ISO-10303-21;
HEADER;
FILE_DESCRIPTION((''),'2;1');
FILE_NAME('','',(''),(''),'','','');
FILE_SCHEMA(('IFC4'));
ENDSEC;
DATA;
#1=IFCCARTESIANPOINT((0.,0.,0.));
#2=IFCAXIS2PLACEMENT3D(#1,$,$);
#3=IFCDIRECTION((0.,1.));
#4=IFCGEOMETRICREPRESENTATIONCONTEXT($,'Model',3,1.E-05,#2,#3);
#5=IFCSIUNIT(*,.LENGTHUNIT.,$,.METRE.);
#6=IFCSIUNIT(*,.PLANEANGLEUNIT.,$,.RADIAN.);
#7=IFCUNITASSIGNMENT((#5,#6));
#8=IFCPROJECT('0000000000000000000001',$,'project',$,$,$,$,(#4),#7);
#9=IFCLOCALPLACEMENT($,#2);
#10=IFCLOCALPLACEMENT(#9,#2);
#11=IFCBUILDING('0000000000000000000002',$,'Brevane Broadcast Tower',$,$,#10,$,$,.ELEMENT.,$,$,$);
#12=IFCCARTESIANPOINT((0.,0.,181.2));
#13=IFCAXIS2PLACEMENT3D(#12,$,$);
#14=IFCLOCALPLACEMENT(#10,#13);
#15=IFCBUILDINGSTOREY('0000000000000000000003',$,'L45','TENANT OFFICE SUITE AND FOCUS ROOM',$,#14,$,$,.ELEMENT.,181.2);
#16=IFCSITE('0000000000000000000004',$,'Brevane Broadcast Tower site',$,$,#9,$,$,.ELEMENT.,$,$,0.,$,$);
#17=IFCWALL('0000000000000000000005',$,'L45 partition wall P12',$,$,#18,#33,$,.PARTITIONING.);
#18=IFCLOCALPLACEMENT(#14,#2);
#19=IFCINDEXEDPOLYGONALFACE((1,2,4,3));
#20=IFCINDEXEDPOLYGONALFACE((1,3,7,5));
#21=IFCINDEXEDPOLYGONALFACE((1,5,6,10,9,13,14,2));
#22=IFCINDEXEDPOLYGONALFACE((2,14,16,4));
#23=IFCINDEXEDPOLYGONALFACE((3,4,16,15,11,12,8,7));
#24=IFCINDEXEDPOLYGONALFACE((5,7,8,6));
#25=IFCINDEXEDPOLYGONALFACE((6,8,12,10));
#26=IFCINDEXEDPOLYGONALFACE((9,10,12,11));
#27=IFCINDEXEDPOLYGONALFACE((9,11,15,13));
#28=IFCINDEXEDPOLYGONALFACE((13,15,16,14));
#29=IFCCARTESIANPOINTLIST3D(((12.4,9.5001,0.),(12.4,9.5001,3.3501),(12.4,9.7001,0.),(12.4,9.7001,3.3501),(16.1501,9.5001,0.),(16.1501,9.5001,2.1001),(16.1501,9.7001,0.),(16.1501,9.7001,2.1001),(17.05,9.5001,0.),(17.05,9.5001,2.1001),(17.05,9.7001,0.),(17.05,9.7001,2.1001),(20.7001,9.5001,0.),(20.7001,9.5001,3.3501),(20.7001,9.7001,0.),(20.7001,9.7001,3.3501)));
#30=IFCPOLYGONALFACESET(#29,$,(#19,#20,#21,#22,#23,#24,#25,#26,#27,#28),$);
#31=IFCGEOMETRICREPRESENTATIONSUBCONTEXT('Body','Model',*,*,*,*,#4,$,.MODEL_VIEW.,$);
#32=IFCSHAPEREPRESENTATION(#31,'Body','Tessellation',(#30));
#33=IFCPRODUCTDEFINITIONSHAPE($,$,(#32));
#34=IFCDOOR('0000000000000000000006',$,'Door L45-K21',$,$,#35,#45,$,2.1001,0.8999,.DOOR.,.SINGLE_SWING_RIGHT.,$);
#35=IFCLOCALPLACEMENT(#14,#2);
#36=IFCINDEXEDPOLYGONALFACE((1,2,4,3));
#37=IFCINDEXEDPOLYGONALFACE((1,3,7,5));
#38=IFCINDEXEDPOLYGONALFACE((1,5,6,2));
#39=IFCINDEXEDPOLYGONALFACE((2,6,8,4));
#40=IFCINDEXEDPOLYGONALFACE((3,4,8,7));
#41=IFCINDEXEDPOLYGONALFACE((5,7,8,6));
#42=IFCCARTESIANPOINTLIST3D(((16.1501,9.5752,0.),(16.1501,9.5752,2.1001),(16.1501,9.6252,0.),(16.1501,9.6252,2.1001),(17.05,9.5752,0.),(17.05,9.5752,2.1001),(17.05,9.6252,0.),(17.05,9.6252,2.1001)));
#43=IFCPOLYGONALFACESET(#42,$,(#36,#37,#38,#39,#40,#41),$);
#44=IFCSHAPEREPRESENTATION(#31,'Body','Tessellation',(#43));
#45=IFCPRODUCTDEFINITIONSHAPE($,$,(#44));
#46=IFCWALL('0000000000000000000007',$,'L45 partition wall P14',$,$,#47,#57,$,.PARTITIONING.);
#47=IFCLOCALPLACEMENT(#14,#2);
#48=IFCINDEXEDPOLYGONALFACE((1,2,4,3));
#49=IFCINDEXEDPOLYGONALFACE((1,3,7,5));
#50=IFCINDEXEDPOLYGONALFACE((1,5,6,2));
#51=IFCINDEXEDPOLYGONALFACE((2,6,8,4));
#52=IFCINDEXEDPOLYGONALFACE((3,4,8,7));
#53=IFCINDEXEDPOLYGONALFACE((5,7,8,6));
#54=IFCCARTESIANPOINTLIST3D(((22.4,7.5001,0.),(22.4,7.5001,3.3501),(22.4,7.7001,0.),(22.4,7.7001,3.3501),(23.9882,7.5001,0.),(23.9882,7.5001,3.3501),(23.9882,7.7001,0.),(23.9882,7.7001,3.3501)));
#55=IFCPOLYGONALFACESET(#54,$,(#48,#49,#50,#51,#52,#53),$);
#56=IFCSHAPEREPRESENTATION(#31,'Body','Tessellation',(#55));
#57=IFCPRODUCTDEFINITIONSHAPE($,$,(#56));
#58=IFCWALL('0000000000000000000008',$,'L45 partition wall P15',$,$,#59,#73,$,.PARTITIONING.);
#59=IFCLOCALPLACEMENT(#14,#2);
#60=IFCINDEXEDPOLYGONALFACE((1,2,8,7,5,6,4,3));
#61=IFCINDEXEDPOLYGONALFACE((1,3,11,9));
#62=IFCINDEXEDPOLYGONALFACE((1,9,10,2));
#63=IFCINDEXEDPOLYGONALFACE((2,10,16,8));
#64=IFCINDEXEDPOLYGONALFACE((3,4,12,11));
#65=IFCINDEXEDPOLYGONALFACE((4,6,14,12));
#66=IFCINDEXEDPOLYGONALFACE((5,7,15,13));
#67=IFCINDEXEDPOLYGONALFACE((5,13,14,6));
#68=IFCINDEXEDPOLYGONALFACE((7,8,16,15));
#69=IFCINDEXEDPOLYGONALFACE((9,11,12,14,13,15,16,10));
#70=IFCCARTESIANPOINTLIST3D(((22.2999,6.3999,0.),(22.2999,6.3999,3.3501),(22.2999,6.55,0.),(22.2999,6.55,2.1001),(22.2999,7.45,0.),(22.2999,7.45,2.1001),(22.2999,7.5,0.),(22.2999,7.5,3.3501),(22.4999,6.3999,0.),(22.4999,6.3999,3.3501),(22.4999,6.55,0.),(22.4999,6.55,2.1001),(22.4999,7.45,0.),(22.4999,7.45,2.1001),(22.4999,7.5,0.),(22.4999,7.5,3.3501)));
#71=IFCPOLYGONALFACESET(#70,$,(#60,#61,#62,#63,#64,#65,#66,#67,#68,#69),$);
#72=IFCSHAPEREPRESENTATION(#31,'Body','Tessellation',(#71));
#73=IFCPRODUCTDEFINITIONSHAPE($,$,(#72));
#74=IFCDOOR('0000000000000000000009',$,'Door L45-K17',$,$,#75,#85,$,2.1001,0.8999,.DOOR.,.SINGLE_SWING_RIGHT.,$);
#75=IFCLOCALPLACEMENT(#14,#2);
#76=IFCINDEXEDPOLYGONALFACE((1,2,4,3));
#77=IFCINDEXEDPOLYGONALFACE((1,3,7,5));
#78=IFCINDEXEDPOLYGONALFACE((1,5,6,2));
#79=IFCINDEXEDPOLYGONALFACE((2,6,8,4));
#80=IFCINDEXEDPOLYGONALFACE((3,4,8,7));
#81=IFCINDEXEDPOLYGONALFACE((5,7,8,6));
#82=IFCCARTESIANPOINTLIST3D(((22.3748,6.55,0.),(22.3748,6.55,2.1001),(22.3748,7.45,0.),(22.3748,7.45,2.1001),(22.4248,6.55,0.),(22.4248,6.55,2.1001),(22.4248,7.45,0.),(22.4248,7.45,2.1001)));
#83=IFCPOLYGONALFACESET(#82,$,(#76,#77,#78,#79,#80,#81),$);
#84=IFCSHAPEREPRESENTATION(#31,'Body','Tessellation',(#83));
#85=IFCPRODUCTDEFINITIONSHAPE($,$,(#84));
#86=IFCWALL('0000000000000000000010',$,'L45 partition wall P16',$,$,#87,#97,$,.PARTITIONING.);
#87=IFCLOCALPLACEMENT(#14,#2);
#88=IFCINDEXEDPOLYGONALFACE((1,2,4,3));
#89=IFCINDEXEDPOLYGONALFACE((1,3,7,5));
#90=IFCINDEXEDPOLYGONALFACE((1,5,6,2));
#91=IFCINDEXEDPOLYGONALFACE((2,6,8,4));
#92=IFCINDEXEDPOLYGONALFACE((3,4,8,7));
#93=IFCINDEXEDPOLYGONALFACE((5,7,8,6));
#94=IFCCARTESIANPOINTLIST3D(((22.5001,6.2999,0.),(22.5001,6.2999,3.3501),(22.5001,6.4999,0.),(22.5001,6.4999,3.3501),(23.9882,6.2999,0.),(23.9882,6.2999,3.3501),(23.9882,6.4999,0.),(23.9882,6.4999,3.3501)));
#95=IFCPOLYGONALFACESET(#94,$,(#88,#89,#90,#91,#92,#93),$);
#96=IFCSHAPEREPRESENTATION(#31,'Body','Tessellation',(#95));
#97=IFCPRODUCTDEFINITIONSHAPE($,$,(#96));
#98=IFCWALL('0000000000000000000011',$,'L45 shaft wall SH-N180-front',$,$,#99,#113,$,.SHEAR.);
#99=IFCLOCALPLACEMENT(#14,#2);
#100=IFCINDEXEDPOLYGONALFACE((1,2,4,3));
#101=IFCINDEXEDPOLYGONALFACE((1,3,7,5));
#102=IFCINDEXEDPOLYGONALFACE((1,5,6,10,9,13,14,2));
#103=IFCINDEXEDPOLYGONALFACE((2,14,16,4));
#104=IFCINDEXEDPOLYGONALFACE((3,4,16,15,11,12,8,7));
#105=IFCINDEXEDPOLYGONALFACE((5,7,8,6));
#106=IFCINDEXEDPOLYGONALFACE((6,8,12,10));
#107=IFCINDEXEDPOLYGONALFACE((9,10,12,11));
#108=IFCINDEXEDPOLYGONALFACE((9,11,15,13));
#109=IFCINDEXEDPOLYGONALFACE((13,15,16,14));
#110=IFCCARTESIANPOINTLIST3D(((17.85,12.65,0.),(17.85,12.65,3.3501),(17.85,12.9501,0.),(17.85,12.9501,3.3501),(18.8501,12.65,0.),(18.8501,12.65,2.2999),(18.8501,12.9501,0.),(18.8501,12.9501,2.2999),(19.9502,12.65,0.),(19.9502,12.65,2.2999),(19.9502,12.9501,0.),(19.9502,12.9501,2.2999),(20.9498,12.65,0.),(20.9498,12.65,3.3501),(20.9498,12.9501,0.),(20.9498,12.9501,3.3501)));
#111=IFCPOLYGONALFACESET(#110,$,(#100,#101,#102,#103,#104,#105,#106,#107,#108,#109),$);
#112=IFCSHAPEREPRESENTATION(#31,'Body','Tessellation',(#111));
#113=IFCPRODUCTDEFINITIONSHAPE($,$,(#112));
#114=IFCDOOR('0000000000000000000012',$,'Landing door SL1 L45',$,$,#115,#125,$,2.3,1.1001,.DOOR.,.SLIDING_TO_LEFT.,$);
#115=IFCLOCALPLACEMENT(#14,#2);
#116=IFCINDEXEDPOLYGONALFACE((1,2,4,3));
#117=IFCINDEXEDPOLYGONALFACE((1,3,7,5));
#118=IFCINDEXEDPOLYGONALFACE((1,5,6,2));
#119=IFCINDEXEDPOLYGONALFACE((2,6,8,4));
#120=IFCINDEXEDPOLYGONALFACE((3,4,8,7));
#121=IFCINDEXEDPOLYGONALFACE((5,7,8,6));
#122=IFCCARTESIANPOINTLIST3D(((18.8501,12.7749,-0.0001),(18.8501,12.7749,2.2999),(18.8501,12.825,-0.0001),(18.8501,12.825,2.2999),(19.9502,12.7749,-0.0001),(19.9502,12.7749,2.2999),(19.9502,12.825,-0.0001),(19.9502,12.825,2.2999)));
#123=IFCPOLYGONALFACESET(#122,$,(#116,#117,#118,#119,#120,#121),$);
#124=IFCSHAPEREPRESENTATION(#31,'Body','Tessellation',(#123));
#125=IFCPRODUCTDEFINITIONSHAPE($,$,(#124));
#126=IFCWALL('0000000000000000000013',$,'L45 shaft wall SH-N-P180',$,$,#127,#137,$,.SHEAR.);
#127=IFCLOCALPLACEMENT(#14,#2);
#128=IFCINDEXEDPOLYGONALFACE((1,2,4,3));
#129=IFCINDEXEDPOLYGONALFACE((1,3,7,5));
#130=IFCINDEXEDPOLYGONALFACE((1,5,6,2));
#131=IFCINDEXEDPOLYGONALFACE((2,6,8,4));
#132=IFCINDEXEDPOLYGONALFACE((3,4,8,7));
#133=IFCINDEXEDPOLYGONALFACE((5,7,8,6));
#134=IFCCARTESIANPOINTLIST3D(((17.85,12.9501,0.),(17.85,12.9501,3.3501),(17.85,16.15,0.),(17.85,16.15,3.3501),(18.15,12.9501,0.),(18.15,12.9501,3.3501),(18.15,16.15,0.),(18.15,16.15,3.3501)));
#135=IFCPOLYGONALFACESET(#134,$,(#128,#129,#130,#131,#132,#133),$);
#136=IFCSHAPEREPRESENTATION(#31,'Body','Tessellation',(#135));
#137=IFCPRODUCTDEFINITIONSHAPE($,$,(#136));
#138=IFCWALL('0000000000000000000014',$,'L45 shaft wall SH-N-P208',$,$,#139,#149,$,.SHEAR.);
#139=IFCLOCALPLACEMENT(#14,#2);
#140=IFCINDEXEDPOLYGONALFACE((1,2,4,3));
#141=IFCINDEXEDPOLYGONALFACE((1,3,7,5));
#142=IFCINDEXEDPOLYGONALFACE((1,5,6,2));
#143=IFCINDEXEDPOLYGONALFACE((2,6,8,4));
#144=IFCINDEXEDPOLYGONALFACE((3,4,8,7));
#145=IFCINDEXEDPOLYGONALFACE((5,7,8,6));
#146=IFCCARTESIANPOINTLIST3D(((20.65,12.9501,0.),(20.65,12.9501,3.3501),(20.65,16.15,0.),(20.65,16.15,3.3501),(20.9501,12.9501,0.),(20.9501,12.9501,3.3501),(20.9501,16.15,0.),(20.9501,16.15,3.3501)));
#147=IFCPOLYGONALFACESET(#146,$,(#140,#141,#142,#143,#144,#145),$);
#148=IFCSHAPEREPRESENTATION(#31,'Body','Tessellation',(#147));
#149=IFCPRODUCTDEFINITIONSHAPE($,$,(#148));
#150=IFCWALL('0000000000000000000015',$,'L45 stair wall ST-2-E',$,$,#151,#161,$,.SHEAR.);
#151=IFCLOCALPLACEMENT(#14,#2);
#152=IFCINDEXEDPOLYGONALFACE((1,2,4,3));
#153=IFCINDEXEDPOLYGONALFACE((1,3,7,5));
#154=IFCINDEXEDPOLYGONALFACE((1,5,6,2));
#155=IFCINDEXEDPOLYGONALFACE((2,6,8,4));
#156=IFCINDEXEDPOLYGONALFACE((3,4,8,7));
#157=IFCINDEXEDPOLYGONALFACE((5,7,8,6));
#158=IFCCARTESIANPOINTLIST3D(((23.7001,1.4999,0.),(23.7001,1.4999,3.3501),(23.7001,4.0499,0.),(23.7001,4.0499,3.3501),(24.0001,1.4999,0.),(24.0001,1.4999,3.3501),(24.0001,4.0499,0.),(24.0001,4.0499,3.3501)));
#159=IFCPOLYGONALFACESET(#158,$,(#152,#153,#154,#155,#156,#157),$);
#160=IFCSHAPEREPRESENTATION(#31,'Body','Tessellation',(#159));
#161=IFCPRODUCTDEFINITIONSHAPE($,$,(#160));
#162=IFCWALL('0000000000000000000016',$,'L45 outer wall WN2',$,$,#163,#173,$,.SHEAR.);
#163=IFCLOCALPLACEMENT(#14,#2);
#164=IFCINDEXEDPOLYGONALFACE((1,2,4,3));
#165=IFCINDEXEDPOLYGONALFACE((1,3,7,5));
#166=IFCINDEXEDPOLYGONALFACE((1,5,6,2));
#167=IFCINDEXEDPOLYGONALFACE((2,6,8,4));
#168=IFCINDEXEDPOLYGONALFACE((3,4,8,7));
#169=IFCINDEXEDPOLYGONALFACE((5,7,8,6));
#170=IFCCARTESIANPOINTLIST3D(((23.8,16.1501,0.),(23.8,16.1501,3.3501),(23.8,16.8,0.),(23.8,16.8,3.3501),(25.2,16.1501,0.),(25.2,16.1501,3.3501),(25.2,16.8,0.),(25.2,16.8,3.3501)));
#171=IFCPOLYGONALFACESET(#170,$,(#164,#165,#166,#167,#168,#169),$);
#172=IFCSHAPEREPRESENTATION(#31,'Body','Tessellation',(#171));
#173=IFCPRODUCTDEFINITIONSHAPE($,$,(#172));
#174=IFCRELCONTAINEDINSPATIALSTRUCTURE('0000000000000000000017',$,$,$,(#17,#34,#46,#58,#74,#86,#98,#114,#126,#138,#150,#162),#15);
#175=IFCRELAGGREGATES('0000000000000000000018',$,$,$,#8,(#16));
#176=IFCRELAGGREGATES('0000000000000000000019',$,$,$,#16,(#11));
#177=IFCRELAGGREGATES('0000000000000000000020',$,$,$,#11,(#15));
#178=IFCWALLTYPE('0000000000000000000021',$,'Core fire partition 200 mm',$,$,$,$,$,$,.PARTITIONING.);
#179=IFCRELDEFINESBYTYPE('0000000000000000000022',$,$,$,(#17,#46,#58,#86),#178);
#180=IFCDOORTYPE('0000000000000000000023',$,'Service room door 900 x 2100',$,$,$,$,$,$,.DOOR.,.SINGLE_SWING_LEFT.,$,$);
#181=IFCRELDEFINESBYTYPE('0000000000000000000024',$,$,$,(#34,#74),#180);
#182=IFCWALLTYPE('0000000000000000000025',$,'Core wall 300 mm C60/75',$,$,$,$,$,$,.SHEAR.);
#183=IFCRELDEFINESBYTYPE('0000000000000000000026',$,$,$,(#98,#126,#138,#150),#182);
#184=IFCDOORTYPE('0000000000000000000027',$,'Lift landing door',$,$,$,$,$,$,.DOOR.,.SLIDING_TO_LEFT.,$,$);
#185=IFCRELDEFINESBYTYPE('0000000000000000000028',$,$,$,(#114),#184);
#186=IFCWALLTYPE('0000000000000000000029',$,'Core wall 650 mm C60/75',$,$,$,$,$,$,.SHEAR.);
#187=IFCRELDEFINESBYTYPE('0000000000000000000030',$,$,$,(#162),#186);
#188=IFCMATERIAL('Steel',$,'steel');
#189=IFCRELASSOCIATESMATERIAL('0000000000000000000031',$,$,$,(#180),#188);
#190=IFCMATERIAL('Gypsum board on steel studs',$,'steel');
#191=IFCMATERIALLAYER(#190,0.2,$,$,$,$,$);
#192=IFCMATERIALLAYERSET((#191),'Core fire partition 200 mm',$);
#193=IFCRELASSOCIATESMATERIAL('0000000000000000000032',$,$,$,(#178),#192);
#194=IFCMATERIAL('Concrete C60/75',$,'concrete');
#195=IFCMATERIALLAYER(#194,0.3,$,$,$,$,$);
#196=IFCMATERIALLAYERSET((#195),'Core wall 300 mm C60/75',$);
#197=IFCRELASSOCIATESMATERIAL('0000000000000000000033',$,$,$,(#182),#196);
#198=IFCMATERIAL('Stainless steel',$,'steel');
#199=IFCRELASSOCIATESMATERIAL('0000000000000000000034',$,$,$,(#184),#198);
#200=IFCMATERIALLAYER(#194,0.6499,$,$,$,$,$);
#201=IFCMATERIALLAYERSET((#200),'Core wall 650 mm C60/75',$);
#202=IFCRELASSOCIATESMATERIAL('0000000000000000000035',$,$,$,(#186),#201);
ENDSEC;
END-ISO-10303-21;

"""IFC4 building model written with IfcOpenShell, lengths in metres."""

from ifc_helpers import new_model, si_unit, direction, frame, frame_2d, origin, place, context, subcontext, project, spatial, rectangle, extrude, material, layer, layer_set, type_object, element, fill, save


model = new_model("IFC4")

# Units and contexts
model_context = context("Model", 3, precision=1e-05, world=origin(), true_north=direction((0.0, 1.0)))
body_context = subcontext(model_context, "Body", "Model", "MODEL_VIEW")
ifc_project = project(units=[si_unit("LENGTHUNIT", "METRE"), si_unit("PLANEANGLEUNIT", "RADIAN")], contexts=[model_context])

# Site, building, storey
site_placement = place(None, origin())
site = spatial("IfcSite", under=ifc_project, at=site_placement, Name="Brevane Broadcast Tower site", CompositionType="ELEMENT", RefElevation=0.0)
building_placement = place(site_placement, origin())
building = spatial("IfcBuilding", under=site, at=building_placement, Name="Brevane Broadcast Tower", CompositionType="ELEMENT")
storey_placement = place(building_placement, frame((0.0, 0.0, 181.2)))
storey = spatial("IfcBuildingStorey", under=building, at=storey_placement, Name="L45", Description="TENANT OFFICE SUITE AND FOCUS ROOM", CompositionType="ELEMENT", Elevation=181.2)

# Shared definitions
ifc_material_1 = material(Name="Gypsum board on steel studs", Category="steel")
ifc_material_2 = material(Name="Steel", Category="steel")

# Shared definitions
door_type_1 = type_object("IfcDoorType", Name="Service room door 900 x 2100", OperationType="SINGLE_SWING_LEFT", PredefinedType="DOOR", material=ifc_material_2)

# Shared definitions
ifc_layer_1 = layer(ifc_material_1, 0.2)
ifc_layer_set_1 = layer_set([ifc_layer_1], Name="Core fire partition 200 mm")
wall_type_1 = type_object("IfcWallType", Name="Core fire partition 200 mm", PredefinedType="PARTITIONING", material=ifc_layer_set_1)

# Wall, opening, door
wall_1_placement = place(storey_placement, frame((20.7, 9.6001, 0.0), z_axis=(0.0, 0.0, 1.0), x_axis=(-1.0, 0.0, 0.0)))
wall_1 = element("IfcWall", 1, at=wall_1_placement, inside=storey, type_object=wall_type_1, Name="L45 partition wall P12", PredefinedType="PARTITIONING", context=body_context, shape_type="SweptSolid", body=[
    extrude(rectangle(XDim=8.3, YDim=0.2, at=frame_2d((4.1499, 0.0))), origin(), (0.0, 0.0, 1.0), 3.3501),
])
opening_1_placement = place(wall_1_placement, frame((3.6499, 0.0, 0.0)))
opening_1 = element("IfcOpeningElement", 2, at=opening_1_placement, cuts=wall_1, PredefinedType="OPENING", context=body_context, shape_type="SweptSolid", body=[
    extrude(rectangle(XDim=0.8999, YDim=2.1001, at=frame_2d((0.45, 1.05))), frame((0.0, 0.1099, 0.0), z_axis=(0.0, -1.0, 0.0), x_axis=(1.0, 0.0, 0.0)), (0.0, 0.0, 1.0), 0.22),
])
door_1_placement = place(opening_1_placement, origin())
door_1 = element("IfcDoor", 3, at=door_1_placement, inside=storey, type_object=door_type_1, Name="Door L45-K21", OperationType="SINGLE_SWING_RIGHT", OverallHeight=2.1001, OverallWidth=0.8999, PredefinedType="DOOR", context=body_context, shape_type="SweptSolid", body=[
    extrude(rectangle(XDim=0.8999, YDim=2.1001, at=frame_2d((0.45, 1.05))), frame((0.0, 0.0249, 0.0), z_axis=(0.0, -1.0, 0.0), x_axis=(1.0, 0.0, 0.0)), (0.0, 0.0, 1.0), 0.05),
])
fill(opening_1, door_1)

# Wall
wall_2_placement = place(storey_placement, frame((23.988, 7.6001, 0.0), z_axis=(0.0, 0.0, 1.0), x_axis=(-1.0, 0.0, 0.0)))
element("IfcWall", 4, at=wall_2_placement, inside=storey, type_object=wall_type_1, Name="L45 partition wall P14", PredefinedType="PARTITIONING", context=body_context, shape_type="SweptSolid", body=[
    extrude(rectangle(XDim=1.5881, YDim=0.2, at=frame_2d((0.7939, 0.0))), origin(), (0.0, 0.0, 1.0), 3.3501),
])

# Wall, opening, door
wall_3_placement = place(storey_placement, frame((22.3999, 7.5, 0.0), z_axis=(0.0, 0.0, 1.0), x_axis=(0.0, -1.0, 0.0)))
wall_3 = element("IfcWall", 5, at=wall_3_placement, inside=storey, type_object=wall_type_1, Name="L45 partition wall P15", PredefinedType="PARTITIONING", context=body_context, shape_type="SweptSolid", body=[
    extrude(rectangle(XDim=1.1001, YDim=0.2, at=frame_2d((0.55, 0.0))), origin(), (0.0, 0.0, 1.0), 3.3501),
])
opening_2_placement = place(wall_3_placement, frame((0.05, 0.0, 0.0)))
opening_2 = element("IfcOpeningElement", 6, at=opening_2_placement, cuts=wall_3, PredefinedType="OPENING", context=body_context, shape_type="SweptSolid", body=[
    extrude(rectangle(XDim=0.8999, YDim=2.1001, at=frame_2d((0.45, 1.05))), frame((0.0, 0.1099, 0.0), z_axis=(0.0, -1.0, 0.0), x_axis=(1.0, 0.0, 0.0)), (0.0, 0.0, 1.0), 0.22),
])
door_2_placement = place(opening_2_placement, origin())
door_2 = element("IfcDoor", 7, at=door_2_placement, inside=storey, type_object=door_type_1, Name="Door L45-K17", OperationType="SINGLE_SWING_RIGHT", OverallHeight=2.1001, OverallWidth=0.8999, PredefinedType="DOOR", context=body_context, shape_type="SweptSolid", body=[
    extrude(rectangle(XDim=0.8999, YDim=2.1001, at=frame_2d((0.45, 1.05))), frame((0.0, 0.0249, 0.0), z_axis=(0.0, -1.0, 0.0), x_axis=(1.0, 0.0, 0.0)), (0.0, 0.0, 1.0), 0.05),
])
fill(opening_2, door_2)

# Wall
wall_4_placement = place(storey_placement, frame((22.5, 6.3999, 0.0), z_axis=(0.0, 0.0, 1.0), x_axis=(1.0, 0.0, 0.0)))
element("IfcWall", 8, at=wall_4_placement, inside=storey, type_object=wall_type_1, Name="L45 partition wall P16", PredefinedType="PARTITIONING", context=body_context, shape_type="SweptSolid", body=[
    extrude(rectangle(XDim=1.488, YDim=0.2, at=frame_2d((0.7441, 0.0))), origin(), (0.0, 0.0, 1.0), 3.3501),
])

# Wall, opening, door
ifc_material_3 = material(Name="Concrete C60/75", Category="concrete")
ifc_layer_2 = layer(ifc_material_3, 0.3)
ifc_layer_set_2 = layer_set([ifc_layer_2], Name="Core wall 300 mm C60/75")
wall_type_2 = type_object("IfcWallType", Name="Core wall 300 mm C60/75", PredefinedType="SHEAR", material=ifc_layer_set_2)
wall_5_placement = place(storey_placement, frame((17.8501, 12.8, 0.0), z_axis=(0.0, 0.0, 1.0), x_axis=(1.0, 0.0, 0.0)))
wall_5 = element("IfcWall", 9, at=wall_5_placement, inside=storey, type_object=wall_type_2, Name="L45 shaft wall SH-N180-front", PredefinedType="SHEAR", context=body_context, shape_type="SweptSolid", body=[
    extrude(rectangle(XDim=3.0999, YDim=0.3, at=frame_2d((1.5498, 0.0))), origin(), (0.0, 0.0, 1.0), 3.3501),
])
opening_3_placement = place(wall_5_placement, frame((1.0, 0.0, 0.0)))
opening_3 = element("IfcOpeningElement", 10, at=opening_3_placement, cuts=wall_5, PredefinedType="OPENING", context=body_context, shape_type="SweptSolid", body=[
    extrude(rectangle(XDim=1.1001, YDim=2.3, at=frame_2d((0.55, 1.1499))), frame((0.0, 0.1599, 0.0), z_axis=(0.0, -1.0, 0.0), x_axis=(1.0, 0.0, 0.0)), (0.0, 0.0, 1.0), 0.3201),
])
ifc_material_4 = material(Name="Stainless steel", Category="steel")
door_type_2 = type_object("IfcDoorType", Name="Lift landing door", OperationType="SLIDING_TO_LEFT", PredefinedType="DOOR", material=ifc_material_4)
door_3_placement = place(opening_3_placement, origin())
door_3 = element("IfcDoor", 11, at=door_3_placement, inside=storey, type_object=door_type_2, Name="Landing door SL1 L45", OperationType="SLIDING_TO_LEFT", OverallHeight=2.3, OverallWidth=1.1001, PredefinedType="DOOR", context=body_context, shape_type="SweptSolid", body=[
    extrude(rectangle(XDim=1.1001, YDim=2.3, at=frame_2d((0.55, 1.1499))), frame((0.0, 0.0249, 0.0), z_axis=(0.0, -1.0, 0.0), x_axis=(1.0, 0.0, 0.0)), (0.0, 0.0, 1.0), 0.05),
])
fill(opening_3, door_3)

# Walls
for number, where, z_axis, x_axis, name in (
    (12, (18.0, 12.95, 0.0), (0.0, 0.0, 1.0), (0.0, 1.0, 0.0), "L45 shaft wall SH-N-P180"),
    (13, (20.8, 12.95, 0.0), (0.0, 0.0, 1.0), (0.0, 1.0, 0.0), "L45 shaft wall SH-N-P208"),
):
    element("IfcWall", number, at=place(storey_placement, frame(where, z_axis=z_axis, x_axis=x_axis)), inside=storey, type_object=wall_type_2, Name=name, PredefinedType="SHEAR", context=body_context, shape_type="SweptSolid", body=[
        extrude(rectangle(XDim=3.2, YDim=0.3, at=frame_2d((1.6001, 0.0))), origin(), (0.0, 0.0, 1.0), 3.3501),
    ])
wall_6_placement = place(storey_placement, frame((23.8501, 1.5, 0.0), z_axis=(0.0, 0.0, 1.0), x_axis=(0.0, 1.0, 0.0)))
element("IfcWall", 14, at=wall_6_placement, inside=storey, type_object=wall_type_2, Name="L45 stair wall ST-2-E", PredefinedType="SHEAR", context=body_context, shape_type="SweptSolid", body=[
    extrude(rectangle(XDim=2.55, YDim=0.3, at=frame_2d((1.2749, 0.0))), origin(), (0.0, 0.0, 1.0), 3.3501),
])
ifc_layer_3 = layer(ifc_material_3, 0.6499)
ifc_layer_set_3 = layer_set([ifc_layer_3], Name="Core wall 650 mm C60/75")
wall_type_3 = type_object("IfcWallType", Name="Core wall 650 mm C60/75", PredefinedType="SHEAR", material=ifc_layer_set_3)
wall_7_placement = place(storey_placement, frame((23.8, 16.4751, 0.0), z_axis=(0.0, 0.0, 1.0), x_axis=(1.0, 0.0, 0.0)))
element("IfcWall", 15, at=wall_7_placement, inside=storey, type_object=wall_type_3, Name="L45 outer wall WN2", PredefinedType="SHEAR", context=body_context, shape_type="SweptSolid", body=[
    extrude(rectangle(XDim=1.3999, YDim=0.6499, at=frame_2d((0.7, 0.0))), origin(), (0.0, 0.0, 1.0), 3.3501),
])

save(model, "model.ifc")
